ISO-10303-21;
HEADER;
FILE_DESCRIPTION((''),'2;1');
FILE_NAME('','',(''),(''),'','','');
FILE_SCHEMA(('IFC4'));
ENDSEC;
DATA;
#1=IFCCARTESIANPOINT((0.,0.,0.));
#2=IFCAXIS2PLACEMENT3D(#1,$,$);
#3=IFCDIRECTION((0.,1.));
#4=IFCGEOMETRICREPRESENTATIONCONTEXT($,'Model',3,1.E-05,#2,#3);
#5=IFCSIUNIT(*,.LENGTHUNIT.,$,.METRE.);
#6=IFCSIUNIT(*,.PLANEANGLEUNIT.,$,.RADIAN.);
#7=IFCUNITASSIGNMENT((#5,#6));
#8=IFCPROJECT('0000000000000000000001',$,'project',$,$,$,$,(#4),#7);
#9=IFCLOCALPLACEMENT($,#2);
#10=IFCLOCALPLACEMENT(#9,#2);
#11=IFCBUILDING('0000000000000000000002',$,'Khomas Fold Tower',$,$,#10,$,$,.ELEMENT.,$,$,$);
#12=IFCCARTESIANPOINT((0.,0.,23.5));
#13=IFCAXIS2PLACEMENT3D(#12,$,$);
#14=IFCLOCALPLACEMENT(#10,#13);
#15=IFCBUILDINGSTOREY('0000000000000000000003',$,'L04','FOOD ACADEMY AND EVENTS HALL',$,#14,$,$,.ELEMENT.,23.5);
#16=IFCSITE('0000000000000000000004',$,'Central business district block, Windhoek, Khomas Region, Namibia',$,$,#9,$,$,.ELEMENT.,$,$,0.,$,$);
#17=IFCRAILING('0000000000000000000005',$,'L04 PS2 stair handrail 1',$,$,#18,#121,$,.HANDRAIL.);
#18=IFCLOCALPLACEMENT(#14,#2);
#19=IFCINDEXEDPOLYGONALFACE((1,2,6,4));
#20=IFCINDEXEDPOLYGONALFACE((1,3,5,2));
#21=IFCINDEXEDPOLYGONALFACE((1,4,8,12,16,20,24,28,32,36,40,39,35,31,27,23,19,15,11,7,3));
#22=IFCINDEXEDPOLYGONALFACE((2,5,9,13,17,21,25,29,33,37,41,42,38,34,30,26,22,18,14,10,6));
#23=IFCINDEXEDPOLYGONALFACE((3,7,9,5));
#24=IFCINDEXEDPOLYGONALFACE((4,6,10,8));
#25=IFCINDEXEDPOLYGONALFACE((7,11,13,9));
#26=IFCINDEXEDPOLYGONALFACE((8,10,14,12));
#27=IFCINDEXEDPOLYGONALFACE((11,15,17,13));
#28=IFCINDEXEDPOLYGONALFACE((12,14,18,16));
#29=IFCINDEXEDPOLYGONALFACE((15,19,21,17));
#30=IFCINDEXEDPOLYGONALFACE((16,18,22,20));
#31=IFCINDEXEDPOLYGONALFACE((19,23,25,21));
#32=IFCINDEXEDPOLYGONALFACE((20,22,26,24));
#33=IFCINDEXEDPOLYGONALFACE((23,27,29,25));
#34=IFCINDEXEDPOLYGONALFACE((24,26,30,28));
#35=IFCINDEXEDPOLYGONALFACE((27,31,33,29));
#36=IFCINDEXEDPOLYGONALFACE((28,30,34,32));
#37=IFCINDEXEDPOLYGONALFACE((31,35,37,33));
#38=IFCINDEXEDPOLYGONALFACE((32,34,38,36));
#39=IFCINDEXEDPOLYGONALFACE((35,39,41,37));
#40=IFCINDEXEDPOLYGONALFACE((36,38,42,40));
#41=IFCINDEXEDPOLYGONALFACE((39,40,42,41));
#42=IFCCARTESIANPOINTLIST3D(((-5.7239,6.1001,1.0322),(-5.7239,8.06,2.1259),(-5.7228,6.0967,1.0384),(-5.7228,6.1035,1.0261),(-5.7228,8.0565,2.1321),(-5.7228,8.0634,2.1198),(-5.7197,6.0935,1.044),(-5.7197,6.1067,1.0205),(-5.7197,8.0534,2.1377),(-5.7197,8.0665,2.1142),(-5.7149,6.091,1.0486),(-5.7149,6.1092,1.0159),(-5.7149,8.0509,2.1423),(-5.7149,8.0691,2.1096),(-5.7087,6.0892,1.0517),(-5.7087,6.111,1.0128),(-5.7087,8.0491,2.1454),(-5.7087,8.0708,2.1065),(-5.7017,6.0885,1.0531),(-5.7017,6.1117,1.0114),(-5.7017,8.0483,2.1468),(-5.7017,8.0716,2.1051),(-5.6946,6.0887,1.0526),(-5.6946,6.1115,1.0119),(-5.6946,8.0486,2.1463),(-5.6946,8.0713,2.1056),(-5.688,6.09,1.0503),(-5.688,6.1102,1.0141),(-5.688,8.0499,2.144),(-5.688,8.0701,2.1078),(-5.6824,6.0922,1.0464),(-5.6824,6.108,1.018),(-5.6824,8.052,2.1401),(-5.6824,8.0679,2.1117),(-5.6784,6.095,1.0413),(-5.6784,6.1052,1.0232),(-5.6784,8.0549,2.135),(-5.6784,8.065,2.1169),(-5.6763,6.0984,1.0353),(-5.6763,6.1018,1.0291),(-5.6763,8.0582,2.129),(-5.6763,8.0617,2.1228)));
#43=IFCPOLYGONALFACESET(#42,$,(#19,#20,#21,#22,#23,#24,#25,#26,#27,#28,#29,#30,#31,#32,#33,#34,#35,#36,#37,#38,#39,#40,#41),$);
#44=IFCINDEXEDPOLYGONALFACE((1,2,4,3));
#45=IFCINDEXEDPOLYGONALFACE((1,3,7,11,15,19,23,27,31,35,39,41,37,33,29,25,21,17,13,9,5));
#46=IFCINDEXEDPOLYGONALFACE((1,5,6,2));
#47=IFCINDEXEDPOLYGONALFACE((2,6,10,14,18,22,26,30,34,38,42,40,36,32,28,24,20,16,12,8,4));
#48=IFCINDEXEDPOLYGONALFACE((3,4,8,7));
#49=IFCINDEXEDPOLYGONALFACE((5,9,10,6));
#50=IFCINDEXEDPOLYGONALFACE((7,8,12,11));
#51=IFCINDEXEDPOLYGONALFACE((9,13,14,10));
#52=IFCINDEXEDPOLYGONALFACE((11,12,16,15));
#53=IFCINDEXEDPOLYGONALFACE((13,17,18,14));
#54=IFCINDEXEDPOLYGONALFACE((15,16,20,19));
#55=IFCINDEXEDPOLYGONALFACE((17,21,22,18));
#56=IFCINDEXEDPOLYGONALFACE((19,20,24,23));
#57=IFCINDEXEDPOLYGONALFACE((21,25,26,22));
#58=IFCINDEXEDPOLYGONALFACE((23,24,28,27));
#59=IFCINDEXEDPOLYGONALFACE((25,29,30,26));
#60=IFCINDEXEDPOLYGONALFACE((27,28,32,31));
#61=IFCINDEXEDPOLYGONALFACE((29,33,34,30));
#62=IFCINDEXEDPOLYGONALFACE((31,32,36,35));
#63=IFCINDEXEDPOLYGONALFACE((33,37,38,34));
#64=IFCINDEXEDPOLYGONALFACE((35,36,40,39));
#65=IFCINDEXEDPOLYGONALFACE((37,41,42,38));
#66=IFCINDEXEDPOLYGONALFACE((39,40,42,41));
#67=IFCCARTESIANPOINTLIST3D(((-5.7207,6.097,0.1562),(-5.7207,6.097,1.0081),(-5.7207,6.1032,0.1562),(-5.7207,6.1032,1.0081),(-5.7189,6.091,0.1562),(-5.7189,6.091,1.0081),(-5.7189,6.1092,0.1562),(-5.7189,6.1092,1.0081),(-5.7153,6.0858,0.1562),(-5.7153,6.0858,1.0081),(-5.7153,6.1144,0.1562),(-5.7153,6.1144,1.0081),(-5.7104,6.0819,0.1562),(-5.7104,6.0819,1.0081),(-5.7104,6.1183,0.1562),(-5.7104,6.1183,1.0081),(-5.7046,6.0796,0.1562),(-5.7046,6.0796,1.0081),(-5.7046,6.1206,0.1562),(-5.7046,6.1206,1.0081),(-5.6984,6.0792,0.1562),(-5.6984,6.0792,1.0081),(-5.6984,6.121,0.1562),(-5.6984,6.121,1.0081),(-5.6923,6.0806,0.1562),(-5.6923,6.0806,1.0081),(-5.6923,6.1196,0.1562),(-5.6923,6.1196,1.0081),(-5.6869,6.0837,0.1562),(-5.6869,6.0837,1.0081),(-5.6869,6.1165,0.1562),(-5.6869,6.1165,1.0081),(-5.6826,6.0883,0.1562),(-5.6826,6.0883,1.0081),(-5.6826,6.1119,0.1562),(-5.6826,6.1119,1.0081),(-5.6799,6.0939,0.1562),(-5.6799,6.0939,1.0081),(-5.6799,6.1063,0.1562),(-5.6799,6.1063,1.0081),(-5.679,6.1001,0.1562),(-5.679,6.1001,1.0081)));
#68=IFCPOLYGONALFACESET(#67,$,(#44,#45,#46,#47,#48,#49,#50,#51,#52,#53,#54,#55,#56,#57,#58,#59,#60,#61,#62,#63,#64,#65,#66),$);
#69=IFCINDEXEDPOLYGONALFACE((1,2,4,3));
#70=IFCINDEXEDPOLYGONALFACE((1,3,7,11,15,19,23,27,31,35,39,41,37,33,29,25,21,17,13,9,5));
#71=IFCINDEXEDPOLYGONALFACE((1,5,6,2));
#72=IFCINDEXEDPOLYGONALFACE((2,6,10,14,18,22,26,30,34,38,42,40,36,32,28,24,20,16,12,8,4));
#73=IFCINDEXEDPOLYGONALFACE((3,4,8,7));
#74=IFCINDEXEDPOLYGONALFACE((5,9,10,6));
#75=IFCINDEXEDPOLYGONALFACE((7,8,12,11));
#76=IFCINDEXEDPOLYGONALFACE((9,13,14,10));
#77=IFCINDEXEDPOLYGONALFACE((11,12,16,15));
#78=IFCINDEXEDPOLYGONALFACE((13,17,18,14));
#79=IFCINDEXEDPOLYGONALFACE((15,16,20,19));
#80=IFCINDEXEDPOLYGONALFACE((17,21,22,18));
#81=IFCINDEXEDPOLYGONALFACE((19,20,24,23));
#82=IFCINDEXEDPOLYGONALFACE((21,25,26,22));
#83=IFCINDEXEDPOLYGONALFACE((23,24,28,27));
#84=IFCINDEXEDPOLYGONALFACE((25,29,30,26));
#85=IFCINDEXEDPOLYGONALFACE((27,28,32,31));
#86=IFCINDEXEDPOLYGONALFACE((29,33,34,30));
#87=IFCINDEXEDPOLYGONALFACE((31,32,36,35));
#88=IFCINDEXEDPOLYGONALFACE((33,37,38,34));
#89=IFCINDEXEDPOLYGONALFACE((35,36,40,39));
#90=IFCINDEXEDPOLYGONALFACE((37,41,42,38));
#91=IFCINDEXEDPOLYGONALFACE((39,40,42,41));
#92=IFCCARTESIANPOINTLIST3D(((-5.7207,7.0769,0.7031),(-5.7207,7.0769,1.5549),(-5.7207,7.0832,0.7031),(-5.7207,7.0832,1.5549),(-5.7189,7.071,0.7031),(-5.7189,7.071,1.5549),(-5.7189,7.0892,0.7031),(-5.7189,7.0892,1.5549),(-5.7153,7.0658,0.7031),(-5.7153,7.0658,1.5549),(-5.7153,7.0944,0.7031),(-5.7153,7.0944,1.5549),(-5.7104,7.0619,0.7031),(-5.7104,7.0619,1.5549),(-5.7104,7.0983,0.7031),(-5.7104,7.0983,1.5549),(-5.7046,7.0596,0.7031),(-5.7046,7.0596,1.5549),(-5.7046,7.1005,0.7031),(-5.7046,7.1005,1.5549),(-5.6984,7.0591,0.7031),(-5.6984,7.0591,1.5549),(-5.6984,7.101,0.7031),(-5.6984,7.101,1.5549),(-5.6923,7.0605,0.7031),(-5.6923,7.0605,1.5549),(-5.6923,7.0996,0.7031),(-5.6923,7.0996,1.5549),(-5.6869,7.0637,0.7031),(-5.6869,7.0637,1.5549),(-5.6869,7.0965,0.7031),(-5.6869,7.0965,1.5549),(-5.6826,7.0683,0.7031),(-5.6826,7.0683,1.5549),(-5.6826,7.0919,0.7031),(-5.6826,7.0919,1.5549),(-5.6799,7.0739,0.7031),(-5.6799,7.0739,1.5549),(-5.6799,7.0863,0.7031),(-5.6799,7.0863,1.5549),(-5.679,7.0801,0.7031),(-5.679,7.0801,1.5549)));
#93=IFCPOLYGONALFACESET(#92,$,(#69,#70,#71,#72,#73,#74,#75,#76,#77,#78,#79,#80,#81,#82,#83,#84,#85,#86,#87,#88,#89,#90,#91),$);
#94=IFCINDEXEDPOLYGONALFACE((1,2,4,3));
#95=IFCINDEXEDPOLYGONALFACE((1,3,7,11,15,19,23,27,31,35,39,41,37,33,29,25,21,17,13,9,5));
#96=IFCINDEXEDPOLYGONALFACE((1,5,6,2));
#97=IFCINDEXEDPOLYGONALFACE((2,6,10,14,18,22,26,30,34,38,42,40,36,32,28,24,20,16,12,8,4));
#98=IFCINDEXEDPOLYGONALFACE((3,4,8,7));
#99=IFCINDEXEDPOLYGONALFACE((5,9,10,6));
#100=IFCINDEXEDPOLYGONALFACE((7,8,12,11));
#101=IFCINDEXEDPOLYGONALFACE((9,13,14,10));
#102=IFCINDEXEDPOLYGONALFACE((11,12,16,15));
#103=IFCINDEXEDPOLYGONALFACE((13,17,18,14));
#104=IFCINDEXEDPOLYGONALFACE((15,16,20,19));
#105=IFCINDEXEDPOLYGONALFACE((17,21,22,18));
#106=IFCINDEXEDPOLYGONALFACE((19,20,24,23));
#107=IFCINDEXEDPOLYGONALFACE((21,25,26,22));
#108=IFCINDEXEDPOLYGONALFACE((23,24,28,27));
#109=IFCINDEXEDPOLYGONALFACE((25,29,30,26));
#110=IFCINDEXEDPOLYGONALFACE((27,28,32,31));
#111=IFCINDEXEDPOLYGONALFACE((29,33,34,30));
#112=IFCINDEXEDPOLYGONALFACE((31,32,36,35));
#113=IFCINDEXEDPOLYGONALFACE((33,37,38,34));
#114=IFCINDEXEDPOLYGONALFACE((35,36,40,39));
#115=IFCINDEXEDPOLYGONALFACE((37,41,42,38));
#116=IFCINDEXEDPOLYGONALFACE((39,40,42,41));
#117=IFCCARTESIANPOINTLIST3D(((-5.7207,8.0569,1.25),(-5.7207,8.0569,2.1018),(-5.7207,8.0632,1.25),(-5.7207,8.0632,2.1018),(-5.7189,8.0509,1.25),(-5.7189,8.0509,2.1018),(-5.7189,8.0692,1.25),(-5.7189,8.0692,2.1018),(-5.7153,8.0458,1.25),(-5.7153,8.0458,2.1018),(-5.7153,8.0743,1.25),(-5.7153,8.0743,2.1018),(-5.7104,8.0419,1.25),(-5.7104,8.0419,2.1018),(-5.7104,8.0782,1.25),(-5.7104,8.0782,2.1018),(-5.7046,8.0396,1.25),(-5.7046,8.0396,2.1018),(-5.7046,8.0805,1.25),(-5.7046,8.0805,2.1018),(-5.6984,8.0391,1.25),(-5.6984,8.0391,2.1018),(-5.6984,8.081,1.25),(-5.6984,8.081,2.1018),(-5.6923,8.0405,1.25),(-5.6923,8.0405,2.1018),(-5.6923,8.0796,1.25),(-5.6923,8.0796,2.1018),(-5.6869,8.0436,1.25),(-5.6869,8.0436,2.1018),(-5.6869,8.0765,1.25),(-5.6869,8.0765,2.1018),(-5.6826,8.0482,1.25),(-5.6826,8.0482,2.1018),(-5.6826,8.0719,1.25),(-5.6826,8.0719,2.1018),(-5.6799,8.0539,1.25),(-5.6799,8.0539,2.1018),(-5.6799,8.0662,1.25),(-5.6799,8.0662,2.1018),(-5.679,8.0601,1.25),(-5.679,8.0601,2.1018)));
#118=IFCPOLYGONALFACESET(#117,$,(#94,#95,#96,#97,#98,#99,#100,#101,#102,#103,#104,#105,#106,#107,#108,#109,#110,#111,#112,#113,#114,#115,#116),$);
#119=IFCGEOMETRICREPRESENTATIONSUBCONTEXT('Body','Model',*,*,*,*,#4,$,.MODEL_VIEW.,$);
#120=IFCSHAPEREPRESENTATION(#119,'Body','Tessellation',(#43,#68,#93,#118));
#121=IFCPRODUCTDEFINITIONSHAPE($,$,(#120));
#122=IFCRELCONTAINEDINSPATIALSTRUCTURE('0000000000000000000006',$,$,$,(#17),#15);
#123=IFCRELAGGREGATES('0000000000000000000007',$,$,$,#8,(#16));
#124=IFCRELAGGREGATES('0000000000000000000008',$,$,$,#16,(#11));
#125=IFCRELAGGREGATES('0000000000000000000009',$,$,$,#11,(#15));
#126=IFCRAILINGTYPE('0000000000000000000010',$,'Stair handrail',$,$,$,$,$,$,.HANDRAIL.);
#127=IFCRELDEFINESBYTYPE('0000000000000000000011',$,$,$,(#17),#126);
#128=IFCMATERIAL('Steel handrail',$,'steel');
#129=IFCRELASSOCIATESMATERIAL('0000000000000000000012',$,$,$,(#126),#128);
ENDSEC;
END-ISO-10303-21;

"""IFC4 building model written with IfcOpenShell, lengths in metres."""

from ifc_helpers import new_model, si_unit, direction, frame, origin, origin_2d, place, context, subcontext, project, spatial, circle, extrude, source, transform, mapped, material, type_object, element, save


model = new_model("IFC4")

# Units and contexts
model_context = context("Model", 3, precision=1e-05, world=origin(), true_north=direction((0.0, 1.0)))
body_context = subcontext(model_context, "Body", "Model", "MODEL_VIEW")
ifc_project = project(units=[si_unit("LENGTHUNIT", "METRE"), si_unit("PLANEANGLEUNIT", "RADIAN")], contexts=[model_context])

# Site, building, storey
site_placement = place(None, origin())
site = spatial("IfcSite", under=ifc_project, at=site_placement, Name="Central business district block, Windhoek, Khomas Region, Namibia", CompositionType="ELEMENT", RefElevation=0.0)
building_placement = place(site_placement, origin())
building = spatial("IfcBuilding", under=site, at=building_placement, Name="Khomas Fold Tower", CompositionType="ELEMENT")
storey_placement = place(building_placement, frame((0.0, 0.0, 23.5)))
storey = spatial("IfcBuildingStorey", under=building, at=storey_placement, Name="L04", Description="FOOD ACADEMY AND EVENTS HALL", CompositionType="ELEMENT", Elevation=23.5)

# Railing
ifc_material_1 = material(Name="Steel handrail", Category="steel")
railing_type_1 = type_object("IfcRailingType", Name="Stair handrail", PredefinedType="HANDRAIL", material=ifc_material_1)
shared_shape_1 = source(origin(), body_context, "Body", "SweptSolid", [
    extrude(circle(Radius=0.0239, at=origin_2d()), frame((0.0, 0.0, 0.876), z_axis=(0.0, 0.873232, 0.487304), x_axis=(-1.0, 0.0, 0.0)), (0.0, 0.0, 1.0), 2.2444),
    extrude(circle(Radius=0.021, at=origin_2d()), origin(), (0.0, 0.0, 1.0), 0.8518),
    extrude(circle(Radius=0.021, at=origin_2d()), frame((0.0, 0.98, 0.5469)), (0.0, 0.0, 1.0), 0.8518),
    extrude(circle(Radius=0.021, at=origin_2d()), frame((0.0, 1.96, 1.0938)), (0.0, 0.0, 1.0), 0.8518),
])
for number, where, name in (
    (1, (-5.7, 6.1001, 0.1562), "L04 PS2 stair handrail 1"),
):
    element("IfcRailing", number, at=place(storey_placement, frame(where)), inside=storey, type_object=railing_type_1, Name=name, PredefinedType="HANDRAIL", context=body_context, shape_type="MappedRepresentation", body=[
        mapped(shared_shape_1, transform((0.0, 0.0, 0.0))),
    ])

save(model, "model.ifc")
